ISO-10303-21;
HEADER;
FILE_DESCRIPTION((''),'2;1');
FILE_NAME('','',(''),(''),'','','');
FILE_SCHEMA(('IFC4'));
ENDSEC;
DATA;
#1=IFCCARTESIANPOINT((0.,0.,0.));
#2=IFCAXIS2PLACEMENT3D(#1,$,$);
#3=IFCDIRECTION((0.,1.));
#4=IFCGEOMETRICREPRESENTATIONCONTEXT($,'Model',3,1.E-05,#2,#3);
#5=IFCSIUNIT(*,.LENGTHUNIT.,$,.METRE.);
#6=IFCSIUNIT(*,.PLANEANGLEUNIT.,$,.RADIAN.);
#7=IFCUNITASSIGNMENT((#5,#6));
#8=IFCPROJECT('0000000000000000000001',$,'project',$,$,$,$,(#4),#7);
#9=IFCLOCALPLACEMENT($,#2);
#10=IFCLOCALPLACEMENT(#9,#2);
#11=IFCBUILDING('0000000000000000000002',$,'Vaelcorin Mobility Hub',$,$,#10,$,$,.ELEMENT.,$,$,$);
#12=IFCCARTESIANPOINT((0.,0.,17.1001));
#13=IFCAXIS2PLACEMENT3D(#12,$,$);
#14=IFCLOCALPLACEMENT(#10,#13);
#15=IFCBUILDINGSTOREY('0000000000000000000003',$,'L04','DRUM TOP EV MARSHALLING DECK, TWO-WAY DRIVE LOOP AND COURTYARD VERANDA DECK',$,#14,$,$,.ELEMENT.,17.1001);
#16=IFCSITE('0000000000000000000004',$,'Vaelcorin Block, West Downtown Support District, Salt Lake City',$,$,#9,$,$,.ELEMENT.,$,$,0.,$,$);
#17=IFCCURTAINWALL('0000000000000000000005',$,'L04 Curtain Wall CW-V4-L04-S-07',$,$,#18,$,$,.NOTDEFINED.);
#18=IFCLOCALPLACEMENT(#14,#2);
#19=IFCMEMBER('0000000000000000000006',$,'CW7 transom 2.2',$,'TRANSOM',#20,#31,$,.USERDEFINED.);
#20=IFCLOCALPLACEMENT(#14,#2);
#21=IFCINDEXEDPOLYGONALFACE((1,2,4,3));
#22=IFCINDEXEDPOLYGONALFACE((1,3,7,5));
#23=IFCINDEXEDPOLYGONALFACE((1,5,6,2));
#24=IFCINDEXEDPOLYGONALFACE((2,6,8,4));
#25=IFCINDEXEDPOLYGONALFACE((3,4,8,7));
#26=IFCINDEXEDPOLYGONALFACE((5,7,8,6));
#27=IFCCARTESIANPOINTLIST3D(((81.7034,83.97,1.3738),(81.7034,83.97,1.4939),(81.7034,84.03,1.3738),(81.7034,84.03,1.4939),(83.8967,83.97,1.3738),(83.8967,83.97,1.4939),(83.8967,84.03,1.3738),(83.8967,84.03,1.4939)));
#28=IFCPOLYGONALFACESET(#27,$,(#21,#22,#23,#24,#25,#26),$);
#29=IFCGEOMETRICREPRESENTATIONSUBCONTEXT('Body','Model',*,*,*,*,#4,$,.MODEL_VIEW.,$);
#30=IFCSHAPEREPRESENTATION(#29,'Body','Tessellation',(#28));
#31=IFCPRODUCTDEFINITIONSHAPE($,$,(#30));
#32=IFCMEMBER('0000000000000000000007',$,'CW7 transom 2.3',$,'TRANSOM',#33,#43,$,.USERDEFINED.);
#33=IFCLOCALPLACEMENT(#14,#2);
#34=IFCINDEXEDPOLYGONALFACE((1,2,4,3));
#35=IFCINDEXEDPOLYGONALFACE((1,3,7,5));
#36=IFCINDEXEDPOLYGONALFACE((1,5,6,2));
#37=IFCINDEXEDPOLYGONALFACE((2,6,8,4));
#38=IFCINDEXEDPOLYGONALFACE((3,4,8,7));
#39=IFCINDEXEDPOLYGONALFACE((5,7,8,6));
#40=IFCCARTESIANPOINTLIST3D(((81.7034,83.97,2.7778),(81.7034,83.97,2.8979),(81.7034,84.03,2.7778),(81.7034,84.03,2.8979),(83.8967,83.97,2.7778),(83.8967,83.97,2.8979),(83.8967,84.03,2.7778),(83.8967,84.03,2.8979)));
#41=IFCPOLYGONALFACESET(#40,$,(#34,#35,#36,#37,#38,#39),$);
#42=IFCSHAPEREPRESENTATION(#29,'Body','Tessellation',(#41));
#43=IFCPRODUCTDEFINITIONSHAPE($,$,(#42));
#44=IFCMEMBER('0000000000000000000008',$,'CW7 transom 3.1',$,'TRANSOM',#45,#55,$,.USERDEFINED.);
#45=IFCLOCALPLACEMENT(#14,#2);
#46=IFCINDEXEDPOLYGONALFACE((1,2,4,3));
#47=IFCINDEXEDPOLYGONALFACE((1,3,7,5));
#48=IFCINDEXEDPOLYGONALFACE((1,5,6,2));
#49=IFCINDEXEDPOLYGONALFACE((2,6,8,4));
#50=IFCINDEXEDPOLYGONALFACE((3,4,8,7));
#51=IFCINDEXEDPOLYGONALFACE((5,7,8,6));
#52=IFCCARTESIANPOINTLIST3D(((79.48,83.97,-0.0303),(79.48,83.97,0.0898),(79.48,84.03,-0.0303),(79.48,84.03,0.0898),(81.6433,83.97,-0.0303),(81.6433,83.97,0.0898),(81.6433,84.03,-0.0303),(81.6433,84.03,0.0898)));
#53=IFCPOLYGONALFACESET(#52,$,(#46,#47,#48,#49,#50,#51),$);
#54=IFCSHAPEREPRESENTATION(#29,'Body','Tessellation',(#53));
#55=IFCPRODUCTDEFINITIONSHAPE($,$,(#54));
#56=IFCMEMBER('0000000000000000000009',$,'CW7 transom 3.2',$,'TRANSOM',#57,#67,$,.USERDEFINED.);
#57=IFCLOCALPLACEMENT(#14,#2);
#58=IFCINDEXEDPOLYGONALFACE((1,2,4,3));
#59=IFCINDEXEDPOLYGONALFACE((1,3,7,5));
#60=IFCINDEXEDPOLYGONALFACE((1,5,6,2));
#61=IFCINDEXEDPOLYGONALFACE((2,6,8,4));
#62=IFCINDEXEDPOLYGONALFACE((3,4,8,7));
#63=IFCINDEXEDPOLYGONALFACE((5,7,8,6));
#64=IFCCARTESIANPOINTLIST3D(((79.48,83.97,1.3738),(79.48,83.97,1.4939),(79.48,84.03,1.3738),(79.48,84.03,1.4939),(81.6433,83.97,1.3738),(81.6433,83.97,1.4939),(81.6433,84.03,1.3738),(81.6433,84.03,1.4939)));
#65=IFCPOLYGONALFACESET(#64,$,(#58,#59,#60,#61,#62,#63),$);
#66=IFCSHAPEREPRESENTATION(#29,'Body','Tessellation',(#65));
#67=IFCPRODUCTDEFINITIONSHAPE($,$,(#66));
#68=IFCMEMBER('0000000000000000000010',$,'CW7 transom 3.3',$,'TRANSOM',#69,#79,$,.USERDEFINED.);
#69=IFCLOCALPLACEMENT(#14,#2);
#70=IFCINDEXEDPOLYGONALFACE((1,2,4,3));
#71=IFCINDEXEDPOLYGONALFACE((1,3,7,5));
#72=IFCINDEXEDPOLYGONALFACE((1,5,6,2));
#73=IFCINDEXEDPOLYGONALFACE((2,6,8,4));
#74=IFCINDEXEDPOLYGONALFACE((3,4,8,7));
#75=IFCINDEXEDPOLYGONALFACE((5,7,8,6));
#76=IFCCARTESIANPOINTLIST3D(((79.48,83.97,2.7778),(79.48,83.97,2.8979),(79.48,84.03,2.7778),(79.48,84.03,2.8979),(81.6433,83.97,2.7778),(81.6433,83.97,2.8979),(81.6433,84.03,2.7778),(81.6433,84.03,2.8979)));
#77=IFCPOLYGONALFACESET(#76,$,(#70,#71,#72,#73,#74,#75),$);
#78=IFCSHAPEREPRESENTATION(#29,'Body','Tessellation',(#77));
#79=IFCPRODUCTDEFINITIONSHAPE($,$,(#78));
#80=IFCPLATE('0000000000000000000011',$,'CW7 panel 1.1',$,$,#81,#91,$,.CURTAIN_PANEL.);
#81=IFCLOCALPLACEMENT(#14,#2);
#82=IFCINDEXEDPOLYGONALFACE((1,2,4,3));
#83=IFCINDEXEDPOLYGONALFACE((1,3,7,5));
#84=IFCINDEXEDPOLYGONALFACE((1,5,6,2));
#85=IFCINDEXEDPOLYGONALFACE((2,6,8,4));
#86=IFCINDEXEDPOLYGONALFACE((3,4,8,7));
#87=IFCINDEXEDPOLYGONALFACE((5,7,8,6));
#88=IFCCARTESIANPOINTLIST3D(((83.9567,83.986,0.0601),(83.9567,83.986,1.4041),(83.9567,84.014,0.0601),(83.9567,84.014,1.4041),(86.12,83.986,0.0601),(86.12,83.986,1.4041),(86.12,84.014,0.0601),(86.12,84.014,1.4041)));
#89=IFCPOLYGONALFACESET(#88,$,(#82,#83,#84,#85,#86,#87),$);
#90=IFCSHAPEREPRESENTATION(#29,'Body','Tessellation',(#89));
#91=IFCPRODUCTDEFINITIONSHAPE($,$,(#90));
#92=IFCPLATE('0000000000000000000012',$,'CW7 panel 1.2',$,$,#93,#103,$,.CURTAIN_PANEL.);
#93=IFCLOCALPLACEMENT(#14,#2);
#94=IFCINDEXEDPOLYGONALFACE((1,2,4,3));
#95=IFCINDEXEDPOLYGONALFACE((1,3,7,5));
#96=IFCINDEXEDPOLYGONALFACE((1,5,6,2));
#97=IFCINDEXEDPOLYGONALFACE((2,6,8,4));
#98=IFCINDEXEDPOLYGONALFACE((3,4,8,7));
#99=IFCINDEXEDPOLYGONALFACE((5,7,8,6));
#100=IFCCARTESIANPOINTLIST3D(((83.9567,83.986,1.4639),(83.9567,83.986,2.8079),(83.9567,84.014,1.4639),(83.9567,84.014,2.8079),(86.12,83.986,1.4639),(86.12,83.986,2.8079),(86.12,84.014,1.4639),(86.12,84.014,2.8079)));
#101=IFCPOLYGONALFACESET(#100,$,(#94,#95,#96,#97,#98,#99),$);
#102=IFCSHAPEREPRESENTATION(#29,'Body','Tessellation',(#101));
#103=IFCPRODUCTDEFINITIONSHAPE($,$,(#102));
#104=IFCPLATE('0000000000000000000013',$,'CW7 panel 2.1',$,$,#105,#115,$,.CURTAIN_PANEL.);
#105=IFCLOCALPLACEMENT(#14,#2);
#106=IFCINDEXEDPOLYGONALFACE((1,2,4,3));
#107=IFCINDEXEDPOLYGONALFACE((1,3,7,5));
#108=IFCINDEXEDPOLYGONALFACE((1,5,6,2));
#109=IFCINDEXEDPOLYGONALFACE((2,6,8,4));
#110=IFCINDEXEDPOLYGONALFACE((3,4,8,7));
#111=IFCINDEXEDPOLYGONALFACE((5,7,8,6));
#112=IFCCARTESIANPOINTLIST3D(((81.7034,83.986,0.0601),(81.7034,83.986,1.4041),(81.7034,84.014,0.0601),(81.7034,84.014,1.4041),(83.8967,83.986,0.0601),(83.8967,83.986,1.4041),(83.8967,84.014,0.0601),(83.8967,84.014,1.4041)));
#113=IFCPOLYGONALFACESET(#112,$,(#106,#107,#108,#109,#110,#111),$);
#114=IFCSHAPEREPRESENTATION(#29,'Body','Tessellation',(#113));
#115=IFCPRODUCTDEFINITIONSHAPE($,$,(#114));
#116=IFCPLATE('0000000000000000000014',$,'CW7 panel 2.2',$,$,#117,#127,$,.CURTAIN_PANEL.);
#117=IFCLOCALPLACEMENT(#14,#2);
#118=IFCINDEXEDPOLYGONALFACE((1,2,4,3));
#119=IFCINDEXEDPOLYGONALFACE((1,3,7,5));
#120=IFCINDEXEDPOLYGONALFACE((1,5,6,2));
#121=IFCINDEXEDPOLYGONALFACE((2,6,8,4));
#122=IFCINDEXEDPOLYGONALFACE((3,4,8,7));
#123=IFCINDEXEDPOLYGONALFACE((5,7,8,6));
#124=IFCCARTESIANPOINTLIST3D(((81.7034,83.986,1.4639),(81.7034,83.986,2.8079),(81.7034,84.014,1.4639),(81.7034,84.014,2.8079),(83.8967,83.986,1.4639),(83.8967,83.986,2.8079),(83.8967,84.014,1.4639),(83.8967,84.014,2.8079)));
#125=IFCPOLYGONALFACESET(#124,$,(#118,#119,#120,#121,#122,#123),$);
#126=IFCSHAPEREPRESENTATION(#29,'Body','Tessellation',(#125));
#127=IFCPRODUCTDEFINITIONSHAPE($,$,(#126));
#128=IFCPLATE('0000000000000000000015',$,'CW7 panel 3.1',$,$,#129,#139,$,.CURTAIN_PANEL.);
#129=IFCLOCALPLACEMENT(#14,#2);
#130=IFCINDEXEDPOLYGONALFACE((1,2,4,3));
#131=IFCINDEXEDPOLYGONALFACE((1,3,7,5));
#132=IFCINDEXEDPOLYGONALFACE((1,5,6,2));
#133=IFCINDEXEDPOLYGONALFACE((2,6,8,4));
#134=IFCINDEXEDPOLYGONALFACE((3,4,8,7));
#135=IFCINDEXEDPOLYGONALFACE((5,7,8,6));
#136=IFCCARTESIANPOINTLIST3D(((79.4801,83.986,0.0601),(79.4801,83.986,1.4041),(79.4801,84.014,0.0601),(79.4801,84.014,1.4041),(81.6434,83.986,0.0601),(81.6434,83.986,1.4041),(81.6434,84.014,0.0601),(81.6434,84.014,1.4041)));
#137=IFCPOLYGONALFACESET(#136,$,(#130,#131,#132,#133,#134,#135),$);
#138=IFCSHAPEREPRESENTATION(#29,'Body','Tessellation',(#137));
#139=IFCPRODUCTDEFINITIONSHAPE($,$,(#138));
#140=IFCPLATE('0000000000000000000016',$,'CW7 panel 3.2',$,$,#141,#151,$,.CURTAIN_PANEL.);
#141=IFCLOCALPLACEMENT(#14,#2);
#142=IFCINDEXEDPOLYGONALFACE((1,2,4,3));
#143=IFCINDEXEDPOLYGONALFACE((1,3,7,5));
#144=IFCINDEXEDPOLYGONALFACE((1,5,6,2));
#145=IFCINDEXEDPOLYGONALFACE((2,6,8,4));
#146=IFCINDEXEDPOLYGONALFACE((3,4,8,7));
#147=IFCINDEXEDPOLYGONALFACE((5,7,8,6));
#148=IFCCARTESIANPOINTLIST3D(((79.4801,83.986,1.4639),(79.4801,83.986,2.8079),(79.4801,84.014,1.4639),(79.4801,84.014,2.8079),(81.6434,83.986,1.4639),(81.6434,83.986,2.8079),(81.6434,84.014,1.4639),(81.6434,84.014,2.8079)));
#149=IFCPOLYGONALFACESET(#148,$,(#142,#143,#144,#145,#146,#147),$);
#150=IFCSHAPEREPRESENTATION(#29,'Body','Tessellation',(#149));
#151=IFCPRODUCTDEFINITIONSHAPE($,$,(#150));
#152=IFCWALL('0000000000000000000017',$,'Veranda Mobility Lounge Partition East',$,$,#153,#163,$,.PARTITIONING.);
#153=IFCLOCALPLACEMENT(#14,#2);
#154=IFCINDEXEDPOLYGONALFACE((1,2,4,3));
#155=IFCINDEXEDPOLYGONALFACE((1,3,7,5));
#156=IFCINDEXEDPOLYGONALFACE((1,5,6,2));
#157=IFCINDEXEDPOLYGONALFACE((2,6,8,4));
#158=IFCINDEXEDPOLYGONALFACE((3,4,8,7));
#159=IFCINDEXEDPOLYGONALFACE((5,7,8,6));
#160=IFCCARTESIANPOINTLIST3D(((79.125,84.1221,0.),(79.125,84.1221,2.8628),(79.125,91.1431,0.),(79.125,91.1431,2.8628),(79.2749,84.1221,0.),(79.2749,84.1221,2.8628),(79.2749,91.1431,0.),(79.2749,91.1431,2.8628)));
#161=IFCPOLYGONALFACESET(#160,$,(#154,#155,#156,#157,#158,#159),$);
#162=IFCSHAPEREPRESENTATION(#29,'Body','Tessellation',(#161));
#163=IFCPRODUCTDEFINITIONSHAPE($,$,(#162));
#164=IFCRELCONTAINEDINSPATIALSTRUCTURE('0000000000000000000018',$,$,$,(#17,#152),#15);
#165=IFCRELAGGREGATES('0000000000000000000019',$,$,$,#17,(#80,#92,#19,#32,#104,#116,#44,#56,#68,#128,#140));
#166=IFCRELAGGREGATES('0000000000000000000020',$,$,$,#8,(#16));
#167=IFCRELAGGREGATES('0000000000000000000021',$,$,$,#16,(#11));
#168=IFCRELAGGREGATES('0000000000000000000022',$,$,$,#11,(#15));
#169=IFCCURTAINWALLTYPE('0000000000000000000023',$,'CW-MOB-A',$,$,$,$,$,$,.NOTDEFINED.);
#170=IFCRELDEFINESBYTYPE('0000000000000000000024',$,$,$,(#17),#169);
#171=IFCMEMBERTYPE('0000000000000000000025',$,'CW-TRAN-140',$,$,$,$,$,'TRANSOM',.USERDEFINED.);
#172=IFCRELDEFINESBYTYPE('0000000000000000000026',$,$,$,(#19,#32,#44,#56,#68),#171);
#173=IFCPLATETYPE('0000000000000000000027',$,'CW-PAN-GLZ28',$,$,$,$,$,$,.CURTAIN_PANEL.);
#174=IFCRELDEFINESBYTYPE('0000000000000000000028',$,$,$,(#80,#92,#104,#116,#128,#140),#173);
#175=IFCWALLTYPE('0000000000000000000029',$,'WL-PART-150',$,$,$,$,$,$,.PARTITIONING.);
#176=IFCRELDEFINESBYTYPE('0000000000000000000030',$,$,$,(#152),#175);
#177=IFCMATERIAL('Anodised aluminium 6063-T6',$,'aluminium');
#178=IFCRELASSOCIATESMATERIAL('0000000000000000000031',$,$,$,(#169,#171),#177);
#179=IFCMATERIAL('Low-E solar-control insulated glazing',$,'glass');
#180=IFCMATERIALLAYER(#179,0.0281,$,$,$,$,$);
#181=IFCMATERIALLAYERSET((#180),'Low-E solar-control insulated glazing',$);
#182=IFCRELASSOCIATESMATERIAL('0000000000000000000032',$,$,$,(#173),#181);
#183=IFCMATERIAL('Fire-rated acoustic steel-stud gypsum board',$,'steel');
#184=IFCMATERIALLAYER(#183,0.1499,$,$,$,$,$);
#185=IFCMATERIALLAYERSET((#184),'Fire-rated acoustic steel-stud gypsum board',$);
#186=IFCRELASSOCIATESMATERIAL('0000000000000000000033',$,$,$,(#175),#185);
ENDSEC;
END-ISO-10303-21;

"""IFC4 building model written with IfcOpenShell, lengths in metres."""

from ifc_helpers import new_model, si_unit, direction, frame, frame_2d, origin, origin_2d, place, context, subcontext, project, spatial, rectangle, extrude, material, layer, layer_set, material_profile, profile_set, type_object, element, aggregate, save


model = new_model("IFC4")

# Units and contexts
model_context = context("Model", 3, precision=1e-05, world=origin(), true_north=direction((0.0, 1.0)))
body_context = subcontext(model_context, "Body", "Model", "MODEL_VIEW")
ifc_project = project(units=[si_unit("LENGTHUNIT", "METRE"), si_unit("PLANEANGLEUNIT", "RADIAN")], contexts=[model_context])

# Site, building, storey
site_placement = place(None, origin())
site = spatial("IfcSite", under=ifc_project, at=site_placement, Name="Vaelcorin Block, West Downtown Support District, Salt Lake City", CompositionType="ELEMENT", RefElevation=0.0)
building_placement = place(site_placement, origin())
building = spatial("IfcBuilding", under=site, at=building_placement, Name="Vaelcorin Mobility Hub", CompositionType="ELEMENT")
storey_placement = place(building_placement, frame((0.0, 0.0, 17.1001)))
storey = spatial("IfcBuildingStorey", under=building, at=storey_placement, Name="L04", Description="DRUM TOP EV MARSHALLING DECK, TWO-WAY DRIVE LOOP AND COURTYARD VERANDA DECK", CompositionType="ELEMENT", Elevation=17.1001)

# Shared definitions
ifc_material_1 = material(Name="Anodised aluminium 6063-T6", Category="aluminium")
curtain_wall_type = type_object("IfcCurtainWallType", Name="CW-MOB-A", PredefinedType="NOTDEFINED", material=ifc_material_1)

# Curtain wall, members, plates
curtain_wall_1_placement = place(storey_placement, origin())
curtain_wall_1 = element("IfcCurtainWall", 1, at=curtain_wall_1_placement, inside=storey, type_object=curtain_wall_type, Name="L04 Curtain Wall CW-V4-L04-S-07", PredefinedType="NOTDEFINED")
ifc_material_profile_1 = material_profile(ifc_material_1, rectangle(XDim=0.0601, YDim=0.1201, at=origin_2d()), Name="ALU-T60X120")
ifc_profile_set_1 = profile_set([ifc_material_profile_1], Name="Anodised aluminium 6063-T6")
member_type_1 = type_object("IfcMemberType", Name="CW-TRAN-140", ElementType="TRANSOM", PredefinedType="USERDEFINED", material=ifc_profile_set_1)
member_1_placement = place(storey_placement, frame((83.8967, 84.0, 1.4338), z_axis=(-1.0, 0.0, 0.0), x_axis=(0.0, -1.0, 0.0)))
member_1 = element("IfcMember", 2, at=member_1_placement, type_object=member_type_1, Name="CW7 transom 2.2", ObjectType="TRANSOM", PredefinedType="USERDEFINED", context=body_context, shape_type="SweptSolid", body=[
    extrude(rectangle(XDim=0.0601, YDim=0.1201, at=origin_2d()), origin(), (0.0, 0.0, 1.0), 2.1934),
])
member_2_placement = place(storey_placement, frame((83.8967, 84.0, 2.8379), z_axis=(-1.0, 0.0, 0.0), x_axis=(0.0, -1.0, 0.0)))
member_2 = element("IfcMember", 3, at=member_2_placement, type_object=member_type_1, Name="CW7 transom 2.3", ObjectType="TRANSOM", PredefinedType="USERDEFINED", context=body_context, shape_type="SweptSolid", body=[
    extrude(rectangle(XDim=0.0601, YDim=0.1201, at=origin_2d()), origin(), (0.0, 0.0, 1.0), 2.1934),
])
member_3_placement = place(storey_placement, frame((81.6433, 84.0, 0.0298), z_axis=(-1.0, 0.0, 0.0), x_axis=(0.0, -1.0, 0.0)))
member_3 = element("IfcMember", 4, at=member_3_placement, type_object=member_type_1, Name="CW7 transom 3.1", ObjectType="TRANSOM", PredefinedType="USERDEFINED", context=body_context, shape_type="SweptSolid", body=[
    extrude(rectangle(XDim=0.0601, YDim=0.1201, at=origin_2d()), origin(), (0.0, 0.0, 1.0), 2.1633),
])
member_4_placement = place(storey_placement, frame((81.6433, 84.0, 1.4338), z_axis=(-1.0, 0.0, 0.0), x_axis=(0.0, -1.0, 0.0)))
member_4 = element("IfcMember", 5, at=member_4_placement, type_object=member_type_1, Name="CW7 transom 3.2", ObjectType="TRANSOM", PredefinedType="USERDEFINED", context=body_context, shape_type="SweptSolid", body=[
    extrude(rectangle(XDim=0.0601, YDim=0.1201, at=origin_2d()), origin(), (0.0, 0.0, 1.0), 2.1633),
])
member_5_placement = place(storey_placement, frame((81.6433, 84.0, 2.8379), z_axis=(-1.0, 0.0, 0.0), x_axis=(0.0, -1.0, 0.0)))
member_5 = element("IfcMember", 6, at=member_5_placement, type_object=member_type_1, Name="CW7 transom 3.3", ObjectType="TRANSOM", PredefinedType="USERDEFINED", context=body_context, shape_type="SweptSolid", body=[
    extrude(rectangle(XDim=0.0601, YDim=0.1201, at=origin_2d()), origin(), (0.0, 0.0, 1.0), 2.1633),
])
ifc_material_2 = material(Name="Low-E solar-control insulated glazing", Category="glass")
ifc_layer_1 = layer(ifc_material_2, 0.0281)
ifc_layer_set_1 = layer_set([ifc_layer_1], Name="Low-E solar-control insulated glazing")
plate_type = type_object("IfcPlateType", Name="CW-PAN-GLZ28", PredefinedType="CURTAIN_PANEL", material=ifc_layer_set_1)
plate_1_placement = place(storey_placement, frame((85.0383, 84.0, 0.0601), z_axis=(0.0, 0.0, 1.0), x_axis=(-1.0, 0.0, 0.0)))
plate_1 = element("IfcPlate", 7, at=plate_1_placement, type_object=plate_type, Name="CW7 panel 1.1", PredefinedType="CURTAIN_PANEL", context=body_context, shape_type="SweptSolid", body=[
    extrude(rectangle(XDim=2.1633, YDim=0.0281, at=origin_2d()), origin(), (0.0, 0.0, 1.0), 1.344),
])
plate_2_placement = place(storey_placement, frame((85.0383, 84.0, 1.4639), z_axis=(0.0, 0.0, 1.0), x_axis=(-1.0, 0.0, 0.0)))
plate_2 = element("IfcPlate", 8, at=plate_2_placement, type_object=plate_type, Name="CW7 panel 1.2", PredefinedType="CURTAIN_PANEL", context=body_context, shape_type="SweptSolid", body=[
    extrude(rectangle(XDim=2.1633, YDim=0.0281, at=origin_2d()), origin(), (0.0, 0.0, 1.0), 1.344),
])
plate_3_placement = place(storey_placement, frame((82.8, 84.0, 0.0601), z_axis=(0.0, 0.0, 1.0), x_axis=(-1.0, 0.0, 0.0)))
plate_3 = element("IfcPlate", 9, at=plate_3_placement, type_object=plate_type, Name="CW7 panel 2.1", PredefinedType="CURTAIN_PANEL", context=body_context, shape_type="SweptSolid", body=[
    extrude(rectangle(XDim=2.1934, YDim=0.0281, at=origin_2d()), origin(), (0.0, 0.0, 1.0), 1.344),
])
plate_4_placement = place(storey_placement, frame((82.8, 84.0, 1.4639), z_axis=(0.0, 0.0, 1.0), x_axis=(-1.0, 0.0, 0.0)))
plate_4 = element("IfcPlate", 10, at=plate_4_placement, type_object=plate_type, Name="CW7 panel 2.2", PredefinedType="CURTAIN_PANEL", context=body_context, shape_type="SweptSolid", body=[
    extrude(rectangle(XDim=2.1934, YDim=0.0281, at=origin_2d()), origin(), (0.0, 0.0, 1.0), 1.344),
])
plate_5_placement = place(storey_placement, frame((80.5618, 84.0, 0.0601), z_axis=(0.0, 0.0, 1.0), x_axis=(-1.0, 0.0, 0.0)))
plate_5 = element("IfcPlate", 11, at=plate_5_placement, type_object=plate_type, Name="CW7 panel 3.1", PredefinedType="CURTAIN_PANEL", context=body_context, shape_type="SweptSolid", body=[
    extrude(rectangle(XDim=2.1633, YDim=0.0281, at=origin_2d()), origin(), (0.0, 0.0, 1.0), 1.344),
])
plate_6_placement = place(storey_placement, frame((80.5618, 84.0, 1.4639), z_axis=(0.0, 0.0, 1.0), x_axis=(-1.0, 0.0, 0.0)))
plate_6 = element("IfcPlate", 12, at=plate_6_placement, type_object=plate_type, Name="CW7 panel 3.2", PredefinedType="CURTAIN_PANEL", context=body_context, shape_type="SweptSolid", body=[
    extrude(rectangle(XDim=2.1633, YDim=0.0281, at=origin_2d()), origin(), (0.0, 0.0, 1.0), 1.344),
])
aggregate(curtain_wall_1, [plate_1, plate_2, member_1, member_2, plate_3, plate_4, member_3, member_4, member_5, plate_5, plate_6])

# Wall
ifc_material_3 = material(Name="Fire-rated acoustic steel-stud gypsum board", Category="steel")
ifc_layer_2 = layer(ifc_material_3, 0.1499)
ifc_layer_set_2 = layer_set([ifc_layer_2], Name="Fire-rated acoustic steel-stud gypsum board")
wall_type = type_object("IfcWallType", Name="WL-PART-150", PredefinedType="PARTITIONING", material=ifc_layer_set_2)
wall_placement = place(storey_placement, frame((79.2, 91.1431, 0.0), z_axis=(0.0, 0.0, 1.0), x_axis=(0.0, -1.0, 0.0)))
element("IfcWall", 13, at=wall_placement, inside=storey, type_object=wall_type, Name="Veranda Mobility Lounge Partition East", PredefinedType="PARTITIONING", context=body_context, shape_type="SweptSolid", body=[
    extrude(rectangle(XDim=7.021, YDim=0.1499, at=frame_2d((3.5105, 0.0))), origin(), (0.0, 0.0, 1.0), 2.8628),
])

save(model, "model.ifc")
